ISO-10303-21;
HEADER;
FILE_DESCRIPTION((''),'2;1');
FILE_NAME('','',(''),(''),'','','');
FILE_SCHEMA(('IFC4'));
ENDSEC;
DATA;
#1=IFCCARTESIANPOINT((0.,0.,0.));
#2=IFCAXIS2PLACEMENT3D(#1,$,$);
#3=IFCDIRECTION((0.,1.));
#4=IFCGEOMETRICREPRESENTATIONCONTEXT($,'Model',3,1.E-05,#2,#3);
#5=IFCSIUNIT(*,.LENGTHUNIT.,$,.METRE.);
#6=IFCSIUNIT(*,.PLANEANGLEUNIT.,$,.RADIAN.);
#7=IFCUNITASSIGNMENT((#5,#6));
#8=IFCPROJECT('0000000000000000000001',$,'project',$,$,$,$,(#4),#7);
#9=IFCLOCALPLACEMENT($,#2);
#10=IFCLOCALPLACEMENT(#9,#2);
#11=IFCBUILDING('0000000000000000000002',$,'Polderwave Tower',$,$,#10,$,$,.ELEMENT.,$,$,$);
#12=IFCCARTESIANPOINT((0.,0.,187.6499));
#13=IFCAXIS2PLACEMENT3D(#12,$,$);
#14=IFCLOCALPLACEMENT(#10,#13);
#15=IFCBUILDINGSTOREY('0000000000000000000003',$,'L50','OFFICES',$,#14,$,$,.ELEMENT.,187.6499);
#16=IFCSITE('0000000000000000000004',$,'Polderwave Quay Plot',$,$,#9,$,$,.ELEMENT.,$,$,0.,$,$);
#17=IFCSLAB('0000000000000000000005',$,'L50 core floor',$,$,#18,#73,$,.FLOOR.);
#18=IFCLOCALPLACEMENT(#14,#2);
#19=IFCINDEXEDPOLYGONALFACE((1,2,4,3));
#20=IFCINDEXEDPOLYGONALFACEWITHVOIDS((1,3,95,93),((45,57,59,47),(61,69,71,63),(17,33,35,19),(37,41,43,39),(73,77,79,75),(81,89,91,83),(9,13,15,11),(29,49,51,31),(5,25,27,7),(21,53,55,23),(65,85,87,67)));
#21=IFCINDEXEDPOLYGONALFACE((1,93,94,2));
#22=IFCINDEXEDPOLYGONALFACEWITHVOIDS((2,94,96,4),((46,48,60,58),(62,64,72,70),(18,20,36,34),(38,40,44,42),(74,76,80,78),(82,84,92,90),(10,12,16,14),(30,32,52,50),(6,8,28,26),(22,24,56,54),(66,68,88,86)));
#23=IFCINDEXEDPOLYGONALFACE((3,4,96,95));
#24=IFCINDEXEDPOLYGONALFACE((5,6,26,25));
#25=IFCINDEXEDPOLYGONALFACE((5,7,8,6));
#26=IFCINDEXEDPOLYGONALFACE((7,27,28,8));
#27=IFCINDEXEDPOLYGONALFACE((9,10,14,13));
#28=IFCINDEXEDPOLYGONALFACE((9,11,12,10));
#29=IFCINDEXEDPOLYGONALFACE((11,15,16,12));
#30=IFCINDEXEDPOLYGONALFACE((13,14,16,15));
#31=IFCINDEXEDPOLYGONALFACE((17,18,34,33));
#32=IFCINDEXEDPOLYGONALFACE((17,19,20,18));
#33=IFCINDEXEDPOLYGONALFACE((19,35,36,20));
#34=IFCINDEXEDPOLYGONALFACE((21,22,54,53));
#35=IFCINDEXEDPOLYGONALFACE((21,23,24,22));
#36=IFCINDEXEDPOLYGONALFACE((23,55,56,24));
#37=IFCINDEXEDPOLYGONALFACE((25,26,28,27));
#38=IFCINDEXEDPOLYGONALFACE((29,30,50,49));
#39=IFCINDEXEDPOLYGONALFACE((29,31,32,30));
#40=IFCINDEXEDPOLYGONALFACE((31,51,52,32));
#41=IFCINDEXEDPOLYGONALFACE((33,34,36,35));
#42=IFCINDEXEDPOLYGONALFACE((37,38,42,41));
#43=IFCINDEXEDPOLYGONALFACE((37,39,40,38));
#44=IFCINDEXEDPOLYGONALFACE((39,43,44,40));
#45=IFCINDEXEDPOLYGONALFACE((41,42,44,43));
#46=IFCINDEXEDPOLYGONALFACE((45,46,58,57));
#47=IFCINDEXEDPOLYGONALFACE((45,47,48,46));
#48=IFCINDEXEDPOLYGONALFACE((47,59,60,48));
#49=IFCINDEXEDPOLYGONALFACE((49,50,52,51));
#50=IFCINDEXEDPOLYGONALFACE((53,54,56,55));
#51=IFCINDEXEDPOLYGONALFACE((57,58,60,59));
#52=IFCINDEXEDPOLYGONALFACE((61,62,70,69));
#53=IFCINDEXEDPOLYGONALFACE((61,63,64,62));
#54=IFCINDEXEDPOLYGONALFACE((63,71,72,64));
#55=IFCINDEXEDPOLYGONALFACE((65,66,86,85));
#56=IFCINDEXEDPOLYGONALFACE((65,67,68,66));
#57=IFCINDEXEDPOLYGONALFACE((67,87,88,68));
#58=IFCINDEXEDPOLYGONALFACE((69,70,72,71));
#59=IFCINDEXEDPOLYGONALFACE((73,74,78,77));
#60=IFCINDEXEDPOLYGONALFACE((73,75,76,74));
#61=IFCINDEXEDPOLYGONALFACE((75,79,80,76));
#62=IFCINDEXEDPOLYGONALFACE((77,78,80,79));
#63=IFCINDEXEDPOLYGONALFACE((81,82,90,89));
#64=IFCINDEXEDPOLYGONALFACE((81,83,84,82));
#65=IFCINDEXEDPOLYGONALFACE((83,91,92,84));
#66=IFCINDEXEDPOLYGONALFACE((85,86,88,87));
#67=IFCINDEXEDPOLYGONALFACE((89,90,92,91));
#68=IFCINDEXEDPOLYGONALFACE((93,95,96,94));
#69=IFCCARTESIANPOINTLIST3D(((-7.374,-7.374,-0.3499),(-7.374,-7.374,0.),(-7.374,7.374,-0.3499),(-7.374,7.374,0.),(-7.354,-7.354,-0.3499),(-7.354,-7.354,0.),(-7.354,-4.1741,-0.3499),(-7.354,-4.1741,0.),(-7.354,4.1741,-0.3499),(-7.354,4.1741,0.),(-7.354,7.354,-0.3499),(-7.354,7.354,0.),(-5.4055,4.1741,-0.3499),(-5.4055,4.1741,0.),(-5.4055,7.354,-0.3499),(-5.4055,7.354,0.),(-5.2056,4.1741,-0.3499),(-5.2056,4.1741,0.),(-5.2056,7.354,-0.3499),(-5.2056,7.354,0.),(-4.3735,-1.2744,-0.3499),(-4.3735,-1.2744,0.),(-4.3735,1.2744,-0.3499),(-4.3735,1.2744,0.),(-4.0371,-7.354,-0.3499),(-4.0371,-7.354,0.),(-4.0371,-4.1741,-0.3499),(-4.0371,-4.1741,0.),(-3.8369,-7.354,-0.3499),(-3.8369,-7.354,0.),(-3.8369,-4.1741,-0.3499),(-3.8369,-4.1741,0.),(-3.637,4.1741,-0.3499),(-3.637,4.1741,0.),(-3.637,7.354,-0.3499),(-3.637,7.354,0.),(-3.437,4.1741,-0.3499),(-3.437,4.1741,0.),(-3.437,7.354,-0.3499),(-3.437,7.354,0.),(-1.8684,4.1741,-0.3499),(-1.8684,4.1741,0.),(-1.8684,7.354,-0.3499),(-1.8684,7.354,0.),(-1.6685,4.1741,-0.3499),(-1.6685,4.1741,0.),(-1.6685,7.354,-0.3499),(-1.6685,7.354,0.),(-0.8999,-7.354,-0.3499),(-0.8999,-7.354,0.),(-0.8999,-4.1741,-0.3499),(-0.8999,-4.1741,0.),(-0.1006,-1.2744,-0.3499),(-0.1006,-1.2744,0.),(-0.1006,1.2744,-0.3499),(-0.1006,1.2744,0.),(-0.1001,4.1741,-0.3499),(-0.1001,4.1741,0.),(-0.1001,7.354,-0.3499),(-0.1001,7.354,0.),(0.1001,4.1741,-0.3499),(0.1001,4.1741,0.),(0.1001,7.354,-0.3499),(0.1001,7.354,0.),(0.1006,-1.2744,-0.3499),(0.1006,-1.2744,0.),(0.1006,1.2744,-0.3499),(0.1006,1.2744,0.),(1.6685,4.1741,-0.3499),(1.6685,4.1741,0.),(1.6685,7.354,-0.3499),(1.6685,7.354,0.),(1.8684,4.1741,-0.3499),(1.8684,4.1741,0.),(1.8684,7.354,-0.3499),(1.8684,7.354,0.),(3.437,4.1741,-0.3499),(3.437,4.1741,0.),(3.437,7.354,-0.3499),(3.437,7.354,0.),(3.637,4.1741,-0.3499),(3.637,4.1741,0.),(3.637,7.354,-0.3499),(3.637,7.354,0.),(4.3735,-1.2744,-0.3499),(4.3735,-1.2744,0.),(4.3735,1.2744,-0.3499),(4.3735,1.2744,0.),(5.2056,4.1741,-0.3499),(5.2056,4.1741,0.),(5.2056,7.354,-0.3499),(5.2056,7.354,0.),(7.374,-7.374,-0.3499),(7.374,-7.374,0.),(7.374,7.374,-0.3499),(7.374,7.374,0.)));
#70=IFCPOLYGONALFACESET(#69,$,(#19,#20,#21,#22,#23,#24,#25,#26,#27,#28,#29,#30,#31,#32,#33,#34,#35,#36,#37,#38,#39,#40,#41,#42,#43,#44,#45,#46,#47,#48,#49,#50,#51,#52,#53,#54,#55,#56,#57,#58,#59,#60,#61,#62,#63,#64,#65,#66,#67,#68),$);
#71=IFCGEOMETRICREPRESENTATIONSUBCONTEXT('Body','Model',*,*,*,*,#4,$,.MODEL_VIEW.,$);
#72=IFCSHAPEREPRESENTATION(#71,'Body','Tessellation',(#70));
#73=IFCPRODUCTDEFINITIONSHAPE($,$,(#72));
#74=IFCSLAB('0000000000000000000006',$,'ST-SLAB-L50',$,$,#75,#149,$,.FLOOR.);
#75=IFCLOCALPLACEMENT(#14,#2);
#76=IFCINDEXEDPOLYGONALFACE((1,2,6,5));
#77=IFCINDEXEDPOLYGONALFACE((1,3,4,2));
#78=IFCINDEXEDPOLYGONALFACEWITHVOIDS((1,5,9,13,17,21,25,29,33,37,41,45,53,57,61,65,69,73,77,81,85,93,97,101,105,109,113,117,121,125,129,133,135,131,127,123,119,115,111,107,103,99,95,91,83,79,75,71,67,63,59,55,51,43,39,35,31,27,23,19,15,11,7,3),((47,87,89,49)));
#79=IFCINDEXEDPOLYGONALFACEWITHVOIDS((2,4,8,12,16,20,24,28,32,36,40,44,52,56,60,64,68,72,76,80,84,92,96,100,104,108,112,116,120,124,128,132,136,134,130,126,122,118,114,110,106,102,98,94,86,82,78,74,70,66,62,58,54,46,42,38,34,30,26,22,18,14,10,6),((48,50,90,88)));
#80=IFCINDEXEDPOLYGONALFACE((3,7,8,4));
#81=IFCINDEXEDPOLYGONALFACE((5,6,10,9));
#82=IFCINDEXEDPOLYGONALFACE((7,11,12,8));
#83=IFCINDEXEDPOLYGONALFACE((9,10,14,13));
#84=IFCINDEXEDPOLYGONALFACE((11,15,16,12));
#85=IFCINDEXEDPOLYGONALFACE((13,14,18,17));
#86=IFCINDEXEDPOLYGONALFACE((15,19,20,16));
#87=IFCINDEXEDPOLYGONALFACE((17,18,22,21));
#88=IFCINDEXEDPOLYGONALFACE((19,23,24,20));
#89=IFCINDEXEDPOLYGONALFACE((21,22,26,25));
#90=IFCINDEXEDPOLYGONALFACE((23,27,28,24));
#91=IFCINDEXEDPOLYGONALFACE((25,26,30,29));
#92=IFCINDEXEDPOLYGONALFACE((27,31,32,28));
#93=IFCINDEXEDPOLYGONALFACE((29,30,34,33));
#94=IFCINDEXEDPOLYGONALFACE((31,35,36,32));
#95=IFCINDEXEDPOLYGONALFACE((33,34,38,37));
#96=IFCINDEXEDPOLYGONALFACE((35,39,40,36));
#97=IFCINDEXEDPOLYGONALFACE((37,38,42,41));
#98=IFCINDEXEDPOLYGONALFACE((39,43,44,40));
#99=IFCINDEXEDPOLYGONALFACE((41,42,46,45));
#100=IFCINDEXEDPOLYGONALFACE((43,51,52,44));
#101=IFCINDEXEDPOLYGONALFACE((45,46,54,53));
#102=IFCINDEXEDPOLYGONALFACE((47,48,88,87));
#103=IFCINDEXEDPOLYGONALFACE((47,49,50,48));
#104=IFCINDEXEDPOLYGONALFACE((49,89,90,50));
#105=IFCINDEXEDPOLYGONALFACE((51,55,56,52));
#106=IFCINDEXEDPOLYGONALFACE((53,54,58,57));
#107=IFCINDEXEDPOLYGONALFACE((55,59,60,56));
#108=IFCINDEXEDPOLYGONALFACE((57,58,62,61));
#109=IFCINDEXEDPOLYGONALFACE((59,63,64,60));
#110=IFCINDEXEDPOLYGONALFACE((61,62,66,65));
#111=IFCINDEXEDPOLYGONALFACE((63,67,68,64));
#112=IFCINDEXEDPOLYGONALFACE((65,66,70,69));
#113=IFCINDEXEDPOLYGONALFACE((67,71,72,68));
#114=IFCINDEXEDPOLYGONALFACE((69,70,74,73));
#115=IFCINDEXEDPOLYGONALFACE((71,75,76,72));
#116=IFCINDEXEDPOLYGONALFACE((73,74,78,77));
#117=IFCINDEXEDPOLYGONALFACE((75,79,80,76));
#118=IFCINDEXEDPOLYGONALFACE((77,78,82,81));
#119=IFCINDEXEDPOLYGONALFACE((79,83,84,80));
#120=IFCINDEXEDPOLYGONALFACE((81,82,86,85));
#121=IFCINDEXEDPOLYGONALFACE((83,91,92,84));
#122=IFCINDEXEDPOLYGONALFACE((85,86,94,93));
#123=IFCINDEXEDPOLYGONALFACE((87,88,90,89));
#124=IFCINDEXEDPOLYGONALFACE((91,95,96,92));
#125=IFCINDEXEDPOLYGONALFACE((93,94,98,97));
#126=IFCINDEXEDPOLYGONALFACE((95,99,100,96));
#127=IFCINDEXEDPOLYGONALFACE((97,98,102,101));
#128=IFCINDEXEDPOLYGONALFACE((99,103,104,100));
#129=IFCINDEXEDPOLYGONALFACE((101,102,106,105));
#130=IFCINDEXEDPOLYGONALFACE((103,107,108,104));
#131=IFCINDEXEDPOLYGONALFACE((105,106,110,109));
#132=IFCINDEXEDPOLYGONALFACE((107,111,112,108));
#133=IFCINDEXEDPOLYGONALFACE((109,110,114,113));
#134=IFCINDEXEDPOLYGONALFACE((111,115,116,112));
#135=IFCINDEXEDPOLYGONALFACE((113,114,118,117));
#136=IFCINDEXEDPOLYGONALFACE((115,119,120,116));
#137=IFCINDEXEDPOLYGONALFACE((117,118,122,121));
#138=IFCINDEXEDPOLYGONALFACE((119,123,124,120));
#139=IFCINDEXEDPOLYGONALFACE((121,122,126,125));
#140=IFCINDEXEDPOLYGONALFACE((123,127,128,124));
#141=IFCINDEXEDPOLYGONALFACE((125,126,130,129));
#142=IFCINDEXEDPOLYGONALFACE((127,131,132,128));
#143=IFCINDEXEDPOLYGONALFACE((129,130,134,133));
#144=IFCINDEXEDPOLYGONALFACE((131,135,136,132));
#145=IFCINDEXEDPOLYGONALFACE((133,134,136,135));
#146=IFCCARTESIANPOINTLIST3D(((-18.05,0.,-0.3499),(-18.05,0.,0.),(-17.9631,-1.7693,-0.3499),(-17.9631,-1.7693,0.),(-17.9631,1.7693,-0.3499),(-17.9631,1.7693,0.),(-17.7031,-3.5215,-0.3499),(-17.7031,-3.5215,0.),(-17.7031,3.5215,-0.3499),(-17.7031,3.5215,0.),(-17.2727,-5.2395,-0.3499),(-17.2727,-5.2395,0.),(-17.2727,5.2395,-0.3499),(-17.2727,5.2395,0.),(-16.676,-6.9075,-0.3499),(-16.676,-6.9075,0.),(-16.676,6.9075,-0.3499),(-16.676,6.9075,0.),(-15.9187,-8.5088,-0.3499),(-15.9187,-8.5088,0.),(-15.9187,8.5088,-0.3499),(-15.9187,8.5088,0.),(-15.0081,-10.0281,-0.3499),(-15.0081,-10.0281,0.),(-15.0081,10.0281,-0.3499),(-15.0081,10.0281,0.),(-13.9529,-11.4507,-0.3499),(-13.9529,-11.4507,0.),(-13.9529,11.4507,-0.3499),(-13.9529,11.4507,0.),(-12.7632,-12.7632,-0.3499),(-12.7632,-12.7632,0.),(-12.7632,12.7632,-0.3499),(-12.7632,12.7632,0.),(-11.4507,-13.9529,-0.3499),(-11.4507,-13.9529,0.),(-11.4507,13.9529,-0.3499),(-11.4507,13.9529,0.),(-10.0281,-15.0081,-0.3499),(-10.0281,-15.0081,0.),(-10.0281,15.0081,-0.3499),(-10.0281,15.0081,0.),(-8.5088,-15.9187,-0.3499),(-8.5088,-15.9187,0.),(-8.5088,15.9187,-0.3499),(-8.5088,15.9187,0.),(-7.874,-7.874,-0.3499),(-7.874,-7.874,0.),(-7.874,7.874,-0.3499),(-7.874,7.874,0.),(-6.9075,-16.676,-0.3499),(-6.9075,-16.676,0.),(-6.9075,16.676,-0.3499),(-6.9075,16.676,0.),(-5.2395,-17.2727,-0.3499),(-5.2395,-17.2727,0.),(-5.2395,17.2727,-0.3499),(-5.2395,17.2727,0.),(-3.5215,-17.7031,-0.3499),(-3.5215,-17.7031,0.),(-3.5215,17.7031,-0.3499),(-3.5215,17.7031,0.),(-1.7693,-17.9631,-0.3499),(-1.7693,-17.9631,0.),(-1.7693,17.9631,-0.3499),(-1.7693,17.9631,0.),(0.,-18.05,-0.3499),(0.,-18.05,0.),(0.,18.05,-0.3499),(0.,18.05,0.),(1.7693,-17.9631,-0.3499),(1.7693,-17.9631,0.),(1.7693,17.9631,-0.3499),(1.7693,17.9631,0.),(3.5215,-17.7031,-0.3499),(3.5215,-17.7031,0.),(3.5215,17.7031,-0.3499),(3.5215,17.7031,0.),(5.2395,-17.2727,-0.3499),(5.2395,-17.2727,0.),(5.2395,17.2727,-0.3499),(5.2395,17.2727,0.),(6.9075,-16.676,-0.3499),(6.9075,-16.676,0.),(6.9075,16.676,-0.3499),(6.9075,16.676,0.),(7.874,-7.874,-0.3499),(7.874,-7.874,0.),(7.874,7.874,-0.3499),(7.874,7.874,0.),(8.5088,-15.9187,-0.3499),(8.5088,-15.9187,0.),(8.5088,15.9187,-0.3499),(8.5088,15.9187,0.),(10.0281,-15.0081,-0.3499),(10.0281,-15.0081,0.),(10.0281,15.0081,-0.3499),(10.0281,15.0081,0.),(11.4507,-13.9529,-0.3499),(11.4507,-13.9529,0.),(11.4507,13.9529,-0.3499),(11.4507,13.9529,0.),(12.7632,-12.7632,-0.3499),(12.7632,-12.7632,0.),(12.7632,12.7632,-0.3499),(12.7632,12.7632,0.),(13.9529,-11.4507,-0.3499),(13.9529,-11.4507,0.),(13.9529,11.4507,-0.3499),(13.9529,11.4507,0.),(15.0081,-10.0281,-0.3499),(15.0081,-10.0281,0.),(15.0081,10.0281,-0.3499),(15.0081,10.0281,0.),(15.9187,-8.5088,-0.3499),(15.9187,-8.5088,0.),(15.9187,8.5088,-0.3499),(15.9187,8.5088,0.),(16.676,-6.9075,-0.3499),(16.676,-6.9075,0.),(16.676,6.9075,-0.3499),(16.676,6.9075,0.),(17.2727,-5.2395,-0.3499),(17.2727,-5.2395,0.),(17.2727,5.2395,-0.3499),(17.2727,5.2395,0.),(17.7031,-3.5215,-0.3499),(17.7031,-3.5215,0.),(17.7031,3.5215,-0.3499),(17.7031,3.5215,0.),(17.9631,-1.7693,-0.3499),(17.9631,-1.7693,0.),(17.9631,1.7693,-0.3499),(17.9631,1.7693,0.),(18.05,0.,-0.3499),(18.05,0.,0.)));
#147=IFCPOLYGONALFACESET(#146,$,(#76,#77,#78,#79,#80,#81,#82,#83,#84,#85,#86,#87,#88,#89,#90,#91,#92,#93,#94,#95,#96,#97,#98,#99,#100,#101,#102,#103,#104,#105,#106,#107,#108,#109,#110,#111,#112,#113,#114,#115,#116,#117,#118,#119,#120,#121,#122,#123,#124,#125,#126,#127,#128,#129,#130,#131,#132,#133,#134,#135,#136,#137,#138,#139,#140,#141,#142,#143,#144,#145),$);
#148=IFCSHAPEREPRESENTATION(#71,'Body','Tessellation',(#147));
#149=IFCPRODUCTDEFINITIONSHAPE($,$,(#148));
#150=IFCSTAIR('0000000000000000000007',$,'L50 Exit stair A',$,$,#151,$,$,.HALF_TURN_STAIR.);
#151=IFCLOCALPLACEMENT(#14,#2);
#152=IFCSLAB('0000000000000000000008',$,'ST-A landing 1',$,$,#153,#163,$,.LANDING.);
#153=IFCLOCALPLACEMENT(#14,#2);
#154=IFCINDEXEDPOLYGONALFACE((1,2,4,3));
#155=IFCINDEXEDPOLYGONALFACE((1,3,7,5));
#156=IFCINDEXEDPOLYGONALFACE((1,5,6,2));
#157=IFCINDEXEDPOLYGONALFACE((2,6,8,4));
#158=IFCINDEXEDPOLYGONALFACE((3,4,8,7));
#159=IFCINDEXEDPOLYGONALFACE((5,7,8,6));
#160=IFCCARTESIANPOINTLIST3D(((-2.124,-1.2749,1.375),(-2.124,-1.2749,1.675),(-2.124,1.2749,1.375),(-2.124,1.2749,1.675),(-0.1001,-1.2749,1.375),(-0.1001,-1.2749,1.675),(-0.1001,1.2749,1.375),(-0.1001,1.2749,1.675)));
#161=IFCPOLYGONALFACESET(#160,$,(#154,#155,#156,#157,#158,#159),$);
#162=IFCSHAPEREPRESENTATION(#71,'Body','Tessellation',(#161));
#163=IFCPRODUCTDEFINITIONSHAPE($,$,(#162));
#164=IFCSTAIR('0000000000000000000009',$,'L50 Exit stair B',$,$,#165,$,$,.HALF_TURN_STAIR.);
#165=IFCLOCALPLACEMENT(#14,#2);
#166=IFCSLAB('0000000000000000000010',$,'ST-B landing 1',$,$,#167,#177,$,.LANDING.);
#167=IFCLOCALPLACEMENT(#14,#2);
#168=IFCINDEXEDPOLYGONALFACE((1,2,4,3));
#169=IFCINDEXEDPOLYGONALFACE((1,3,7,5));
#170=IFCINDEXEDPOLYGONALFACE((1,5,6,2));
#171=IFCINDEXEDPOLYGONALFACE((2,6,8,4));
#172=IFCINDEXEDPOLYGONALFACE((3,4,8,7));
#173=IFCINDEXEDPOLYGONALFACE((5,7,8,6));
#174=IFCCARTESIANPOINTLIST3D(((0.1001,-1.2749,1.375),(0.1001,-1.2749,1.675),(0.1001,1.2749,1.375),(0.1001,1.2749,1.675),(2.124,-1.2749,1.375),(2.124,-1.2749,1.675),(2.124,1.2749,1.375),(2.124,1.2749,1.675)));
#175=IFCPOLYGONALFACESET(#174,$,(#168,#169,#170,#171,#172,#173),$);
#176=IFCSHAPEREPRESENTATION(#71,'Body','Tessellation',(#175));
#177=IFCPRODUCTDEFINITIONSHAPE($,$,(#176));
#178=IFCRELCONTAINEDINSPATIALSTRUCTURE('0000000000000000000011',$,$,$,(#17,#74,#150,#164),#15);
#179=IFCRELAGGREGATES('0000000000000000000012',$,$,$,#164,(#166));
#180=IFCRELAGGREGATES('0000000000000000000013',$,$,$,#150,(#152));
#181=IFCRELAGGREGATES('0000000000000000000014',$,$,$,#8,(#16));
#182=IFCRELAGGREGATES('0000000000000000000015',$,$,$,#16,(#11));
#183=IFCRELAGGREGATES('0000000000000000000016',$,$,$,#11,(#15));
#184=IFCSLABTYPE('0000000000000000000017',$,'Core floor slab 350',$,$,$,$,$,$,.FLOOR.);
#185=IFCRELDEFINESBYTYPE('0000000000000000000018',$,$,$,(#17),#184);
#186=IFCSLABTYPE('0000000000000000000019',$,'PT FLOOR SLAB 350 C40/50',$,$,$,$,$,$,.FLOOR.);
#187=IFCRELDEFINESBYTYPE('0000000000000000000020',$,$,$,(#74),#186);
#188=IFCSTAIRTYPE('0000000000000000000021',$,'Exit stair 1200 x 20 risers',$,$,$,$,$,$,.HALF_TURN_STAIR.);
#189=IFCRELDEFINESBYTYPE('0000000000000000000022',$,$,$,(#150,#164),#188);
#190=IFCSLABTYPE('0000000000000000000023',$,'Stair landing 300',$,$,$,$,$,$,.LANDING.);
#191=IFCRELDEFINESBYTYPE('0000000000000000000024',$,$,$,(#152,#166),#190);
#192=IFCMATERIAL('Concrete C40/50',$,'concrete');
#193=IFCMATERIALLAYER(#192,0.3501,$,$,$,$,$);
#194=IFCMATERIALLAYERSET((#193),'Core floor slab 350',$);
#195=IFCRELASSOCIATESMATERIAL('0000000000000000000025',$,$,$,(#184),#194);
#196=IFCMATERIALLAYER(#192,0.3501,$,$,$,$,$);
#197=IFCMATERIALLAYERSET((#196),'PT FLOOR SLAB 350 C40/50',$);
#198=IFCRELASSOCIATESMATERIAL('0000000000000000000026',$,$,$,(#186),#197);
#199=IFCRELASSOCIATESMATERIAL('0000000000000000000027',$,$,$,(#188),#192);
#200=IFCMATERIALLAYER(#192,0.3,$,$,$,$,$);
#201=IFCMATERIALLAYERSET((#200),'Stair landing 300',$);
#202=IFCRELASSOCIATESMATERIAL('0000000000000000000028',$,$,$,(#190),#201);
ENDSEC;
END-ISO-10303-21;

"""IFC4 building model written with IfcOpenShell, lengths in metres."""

from ifc_helpers import new_model, si_unit, direction, frame, origin, place, context, subcontext, project, spatial, polyline, outline, extrude, material, layer, layer_set, type_object, element, aggregate, save


model = new_model("IFC4")

# Units and contexts
model_context = context("Model", 3, precision=1e-05, world=origin(), true_north=direction((0.0, 1.0)))
body_context = subcontext(model_context, "Body", "Model", "MODEL_VIEW")
ifc_project = project(units=[si_unit("LENGTHUNIT", "METRE"), si_unit("PLANEANGLEUNIT", "RADIAN")], contexts=[model_context])

# Site, building, storey
site_placement = place(None, origin())
site = spatial("IfcSite", under=ifc_project, at=site_placement, Name="Polderwave Quay Plot", CompositionType="ELEMENT", RefElevation=0.0)
building_placement = place(site_placement, origin())
building = spatial("IfcBuilding", under=site, at=building_placement, Name="Polderwave Tower", CompositionType="ELEMENT")
storey_placement = place(building_placement, frame((0.0, 0.0, 187.6499)))
storey = spatial("IfcBuildingStorey", under=building, at=storey_placement, Name="L50", Description="OFFICES", CompositionType="ELEMENT", Elevation=187.6499)

# Slabs
ifc_material_1 = material(Name="Concrete C40/50", Category="concrete")
ifc_layer_1 = layer(ifc_material_1, 0.3501)
ifc_layer_set_1 = layer_set([ifc_layer_1], Name="Core floor slab 350")
slab_type_1 = type_object("IfcSlabType", Name="Core floor slab 350", PredefinedType="FLOOR", material=ifc_layer_set_1)
slab_1_placement = place(storey_placement, frame((0.0, 0.0, -0.3499)))
element("IfcSlab", 1, at=slab_1_placement, inside=storey, type_object=slab_type_1, Name="L50 core floor", PredefinedType="FLOOR", context=body_context, shape_type="SweptSolid", body=[
    extrude(outline(polyline([(-7.374, -7.374), (7.374, -7.374), (7.374, 7.374), (-7.374, 7.374), (-7.374, -7.374)]), holes=[polyline([(-7.354, -7.354), (-4.0371, -7.354), (-4.0371, -4.1741), (-7.354, -4.1741), (-7.354, -7.354)]), polyline([(-3.8369, -7.354), (-0.8999, -7.354), (-0.8999, -4.1741), (-3.8369, -4.1741), (-3.8369, -7.354)]), polyline([(-7.354, 4.1741), (-5.4055, 4.1741), (-5.4055, 7.354), (-7.354, 7.354), (-7.354, 4.1741)]), polyline([(-5.2056, 4.1741), (-3.637, 4.1741), (-3.637, 7.354), (-5.2056, 7.354), (-5.2056, 4.1741)]), polyline([(-3.437, 4.1741), (-1.8684, 4.1741), (-1.8684, 7.354), (-3.437, 7.354), (-3.437, 4.1741)]), polyline([(-1.6685, 4.1741), (-0.1001, 4.1741), (-0.1001, 7.354), (-1.6685, 7.354), (-1.6685, 4.1741)]), polyline([(0.1001, 4.1741), (1.6685, 4.1741), (1.6685, 7.354), (0.1001, 7.354), (0.1001, 4.1741)]), polyline([(1.8684, 4.1741), (3.437, 4.1741), (3.437, 7.354), (1.8684, 7.354), (1.8684, 4.1741)]), polyline([(3.637, 4.1741), (5.2056, 4.1741), (5.2056, 7.354), (3.637, 7.354), (3.637, 4.1741)]), polyline([(-4.3735, -1.2744), (-0.1006, -1.2744), (-0.1006, 1.2744), (-4.3735, 1.2744), (-4.3735, -1.2744)]), polyline([(0.1006, -1.2744), (4.3735, -1.2744), (4.3735, 1.2744), (0.1006, 1.2744), (0.1006, -1.2744)])]), origin(), (0.0, 0.0, 1.0), 0.3499),
])
ifc_layer_2 = layer(ifc_material_1, 0.3501)
ifc_layer_set_2 = layer_set([ifc_layer_2], Name="PT FLOOR SLAB 350 C40/50")
slab_type_2 = type_object("IfcSlabType", Name="PT FLOOR SLAB 350 C40/50", PredefinedType="FLOOR", material=ifc_layer_set_2)
slab_2_placement = place(storey_placement, frame((0.0, 0.0, -0.3499)))
element("IfcSlab", 2, at=slab_2_placement, inside=storey, type_object=slab_type_2, Name="ST-SLAB-L50", PredefinedType="FLOOR", context=body_context, shape_type="SweptSolid", body=[
    extrude(outline(polyline([(18.05, 0.0), (17.9631, 1.7693), (17.7031, 3.5215), (17.2727, 5.2395), (16.676, 6.9075), (15.9187, 8.5088), (15.0081, 10.0281), (13.9529, 11.4507), (12.7632, 12.7632), (11.4507, 13.9529), (10.0281, 15.0081), (8.5088, 15.9187), (6.9075, 16.676), (5.2395, 17.2727), (3.5215, 17.7031), (1.7693, 17.9631), (0.0, 18.05), (-1.7693, 17.9631), (-3.5215, 17.7031), (-5.2395, 17.2727), (-6.9075, 16.676), (-8.5088, 15.9187), (-10.0281, 15.0081), (-11.4507, 13.9529), (-12.7632, 12.7632), (-13.9529, 11.4507), (-15.0081, 10.0281), (-15.9187, 8.5088), (-16.676, 6.9075), (-17.2727, 5.2395), (-17.7031, 3.5215), (-17.9631, 1.7693), (-18.05, 0.0), (-17.9631, -1.7693), (-17.7031, -3.5215), (-17.2727, -5.2395), (-16.676, -6.9075), (-15.9187, -8.5088), (-15.0081, -10.0281), (-13.9529, -11.4507), (-12.7632, -12.7632), (-11.4507, -13.9529), (-10.0281, -15.0081), (-8.5088, -15.9187), (-6.9075, -16.676), (-5.2395, -17.2727), (-3.5215, -17.7031), (-1.7693, -17.9631), (0.0, -18.05), (1.7693, -17.9631), (3.5215, -17.7031), (5.2395, -17.2727), (6.9075, -16.676), (8.5088, -15.9187), (10.0281, -15.0081), (11.4507, -13.9529), (12.7632, -12.7632), (13.9529, -11.4507), (15.0081, -10.0281), (15.9187, -8.5088), (16.676, -6.9075), (17.2727, -5.2395), (17.7031, -3.5215), (17.9631, -1.7693), (18.05, 0.0)]), holes=[polyline([(-7.874, -7.874), (7.874, -7.874), (7.874, 7.874), (-7.874, 7.874), (-7.874, -7.874)])]), origin(), (0.0, 0.0, 1.0), 0.3499),
])

# Stairs, slabs
stair_type = type_object("IfcStairType", Name="Exit stair 1200 x 20 risers", PredefinedType="HALF_TURN_STAIR", material=ifc_material_1)
stair_1_placement = place(storey_placement, origin())
stair_1 = element("IfcStair", 3, at=stair_1_placement, inside=storey, type_object=stair_type, Name="L50 Exit stair A", PredefinedType="HALF_TURN_STAIR")
ifc_layer_3 = layer(ifc_material_1, 0.3)
ifc_layer_set_3 = layer_set([ifc_layer_3], Name="Stair landing 300")
slab_type_3 = type_object("IfcSlabType", Name="Stair landing 300", PredefinedType="LANDING", material=ifc_layer_set_3)
slab_3_placement = place(storey_placement, frame((0.0, 0.0, 1.375)))
slab_3 = element("IfcSlab", 4, at=slab_3_placement, type_object=slab_type_3, Name="ST-A landing 1", PredefinedType="LANDING", context=body_context, shape_type="SweptSolid", body=[
    extrude(outline(polyline([(-2.124, -1.2749), (-0.1001, -1.2749), (-0.1001, 1.2749), (-2.124, 1.2749), (-2.124, -1.2749)])), origin(), (0.0, 0.0, 1.0), 0.3),
])
stair_2_placement = place(storey_placement, origin())
stair_2 = element("IfcStair", 5, at=stair_2_placement, inside=storey, type_object=stair_type, Name="L50 Exit stair B", PredefinedType="HALF_TURN_STAIR")
slab_4_placement = place(storey_placement, frame((0.0, 0.0, 1.375)))
slab_4 = element("IfcSlab", 6, at=slab_4_placement, type_object=slab_type_3, Name="ST-B landing 1", PredefinedType="LANDING", context=body_context, shape_type="SweptSolid", body=[
    extrude(outline(polyline([(2.124, 1.2749), (0.1001, 1.2749), (0.1001, -1.2749), (2.124, -1.2749), (2.124, 1.2749)])), origin(), (0.0, 0.0, 1.0), 0.3),
])
aggregate(stair_2, [slab_4])

aggregate(stair_1, [slab_3])

save(model, "model.ifc")
